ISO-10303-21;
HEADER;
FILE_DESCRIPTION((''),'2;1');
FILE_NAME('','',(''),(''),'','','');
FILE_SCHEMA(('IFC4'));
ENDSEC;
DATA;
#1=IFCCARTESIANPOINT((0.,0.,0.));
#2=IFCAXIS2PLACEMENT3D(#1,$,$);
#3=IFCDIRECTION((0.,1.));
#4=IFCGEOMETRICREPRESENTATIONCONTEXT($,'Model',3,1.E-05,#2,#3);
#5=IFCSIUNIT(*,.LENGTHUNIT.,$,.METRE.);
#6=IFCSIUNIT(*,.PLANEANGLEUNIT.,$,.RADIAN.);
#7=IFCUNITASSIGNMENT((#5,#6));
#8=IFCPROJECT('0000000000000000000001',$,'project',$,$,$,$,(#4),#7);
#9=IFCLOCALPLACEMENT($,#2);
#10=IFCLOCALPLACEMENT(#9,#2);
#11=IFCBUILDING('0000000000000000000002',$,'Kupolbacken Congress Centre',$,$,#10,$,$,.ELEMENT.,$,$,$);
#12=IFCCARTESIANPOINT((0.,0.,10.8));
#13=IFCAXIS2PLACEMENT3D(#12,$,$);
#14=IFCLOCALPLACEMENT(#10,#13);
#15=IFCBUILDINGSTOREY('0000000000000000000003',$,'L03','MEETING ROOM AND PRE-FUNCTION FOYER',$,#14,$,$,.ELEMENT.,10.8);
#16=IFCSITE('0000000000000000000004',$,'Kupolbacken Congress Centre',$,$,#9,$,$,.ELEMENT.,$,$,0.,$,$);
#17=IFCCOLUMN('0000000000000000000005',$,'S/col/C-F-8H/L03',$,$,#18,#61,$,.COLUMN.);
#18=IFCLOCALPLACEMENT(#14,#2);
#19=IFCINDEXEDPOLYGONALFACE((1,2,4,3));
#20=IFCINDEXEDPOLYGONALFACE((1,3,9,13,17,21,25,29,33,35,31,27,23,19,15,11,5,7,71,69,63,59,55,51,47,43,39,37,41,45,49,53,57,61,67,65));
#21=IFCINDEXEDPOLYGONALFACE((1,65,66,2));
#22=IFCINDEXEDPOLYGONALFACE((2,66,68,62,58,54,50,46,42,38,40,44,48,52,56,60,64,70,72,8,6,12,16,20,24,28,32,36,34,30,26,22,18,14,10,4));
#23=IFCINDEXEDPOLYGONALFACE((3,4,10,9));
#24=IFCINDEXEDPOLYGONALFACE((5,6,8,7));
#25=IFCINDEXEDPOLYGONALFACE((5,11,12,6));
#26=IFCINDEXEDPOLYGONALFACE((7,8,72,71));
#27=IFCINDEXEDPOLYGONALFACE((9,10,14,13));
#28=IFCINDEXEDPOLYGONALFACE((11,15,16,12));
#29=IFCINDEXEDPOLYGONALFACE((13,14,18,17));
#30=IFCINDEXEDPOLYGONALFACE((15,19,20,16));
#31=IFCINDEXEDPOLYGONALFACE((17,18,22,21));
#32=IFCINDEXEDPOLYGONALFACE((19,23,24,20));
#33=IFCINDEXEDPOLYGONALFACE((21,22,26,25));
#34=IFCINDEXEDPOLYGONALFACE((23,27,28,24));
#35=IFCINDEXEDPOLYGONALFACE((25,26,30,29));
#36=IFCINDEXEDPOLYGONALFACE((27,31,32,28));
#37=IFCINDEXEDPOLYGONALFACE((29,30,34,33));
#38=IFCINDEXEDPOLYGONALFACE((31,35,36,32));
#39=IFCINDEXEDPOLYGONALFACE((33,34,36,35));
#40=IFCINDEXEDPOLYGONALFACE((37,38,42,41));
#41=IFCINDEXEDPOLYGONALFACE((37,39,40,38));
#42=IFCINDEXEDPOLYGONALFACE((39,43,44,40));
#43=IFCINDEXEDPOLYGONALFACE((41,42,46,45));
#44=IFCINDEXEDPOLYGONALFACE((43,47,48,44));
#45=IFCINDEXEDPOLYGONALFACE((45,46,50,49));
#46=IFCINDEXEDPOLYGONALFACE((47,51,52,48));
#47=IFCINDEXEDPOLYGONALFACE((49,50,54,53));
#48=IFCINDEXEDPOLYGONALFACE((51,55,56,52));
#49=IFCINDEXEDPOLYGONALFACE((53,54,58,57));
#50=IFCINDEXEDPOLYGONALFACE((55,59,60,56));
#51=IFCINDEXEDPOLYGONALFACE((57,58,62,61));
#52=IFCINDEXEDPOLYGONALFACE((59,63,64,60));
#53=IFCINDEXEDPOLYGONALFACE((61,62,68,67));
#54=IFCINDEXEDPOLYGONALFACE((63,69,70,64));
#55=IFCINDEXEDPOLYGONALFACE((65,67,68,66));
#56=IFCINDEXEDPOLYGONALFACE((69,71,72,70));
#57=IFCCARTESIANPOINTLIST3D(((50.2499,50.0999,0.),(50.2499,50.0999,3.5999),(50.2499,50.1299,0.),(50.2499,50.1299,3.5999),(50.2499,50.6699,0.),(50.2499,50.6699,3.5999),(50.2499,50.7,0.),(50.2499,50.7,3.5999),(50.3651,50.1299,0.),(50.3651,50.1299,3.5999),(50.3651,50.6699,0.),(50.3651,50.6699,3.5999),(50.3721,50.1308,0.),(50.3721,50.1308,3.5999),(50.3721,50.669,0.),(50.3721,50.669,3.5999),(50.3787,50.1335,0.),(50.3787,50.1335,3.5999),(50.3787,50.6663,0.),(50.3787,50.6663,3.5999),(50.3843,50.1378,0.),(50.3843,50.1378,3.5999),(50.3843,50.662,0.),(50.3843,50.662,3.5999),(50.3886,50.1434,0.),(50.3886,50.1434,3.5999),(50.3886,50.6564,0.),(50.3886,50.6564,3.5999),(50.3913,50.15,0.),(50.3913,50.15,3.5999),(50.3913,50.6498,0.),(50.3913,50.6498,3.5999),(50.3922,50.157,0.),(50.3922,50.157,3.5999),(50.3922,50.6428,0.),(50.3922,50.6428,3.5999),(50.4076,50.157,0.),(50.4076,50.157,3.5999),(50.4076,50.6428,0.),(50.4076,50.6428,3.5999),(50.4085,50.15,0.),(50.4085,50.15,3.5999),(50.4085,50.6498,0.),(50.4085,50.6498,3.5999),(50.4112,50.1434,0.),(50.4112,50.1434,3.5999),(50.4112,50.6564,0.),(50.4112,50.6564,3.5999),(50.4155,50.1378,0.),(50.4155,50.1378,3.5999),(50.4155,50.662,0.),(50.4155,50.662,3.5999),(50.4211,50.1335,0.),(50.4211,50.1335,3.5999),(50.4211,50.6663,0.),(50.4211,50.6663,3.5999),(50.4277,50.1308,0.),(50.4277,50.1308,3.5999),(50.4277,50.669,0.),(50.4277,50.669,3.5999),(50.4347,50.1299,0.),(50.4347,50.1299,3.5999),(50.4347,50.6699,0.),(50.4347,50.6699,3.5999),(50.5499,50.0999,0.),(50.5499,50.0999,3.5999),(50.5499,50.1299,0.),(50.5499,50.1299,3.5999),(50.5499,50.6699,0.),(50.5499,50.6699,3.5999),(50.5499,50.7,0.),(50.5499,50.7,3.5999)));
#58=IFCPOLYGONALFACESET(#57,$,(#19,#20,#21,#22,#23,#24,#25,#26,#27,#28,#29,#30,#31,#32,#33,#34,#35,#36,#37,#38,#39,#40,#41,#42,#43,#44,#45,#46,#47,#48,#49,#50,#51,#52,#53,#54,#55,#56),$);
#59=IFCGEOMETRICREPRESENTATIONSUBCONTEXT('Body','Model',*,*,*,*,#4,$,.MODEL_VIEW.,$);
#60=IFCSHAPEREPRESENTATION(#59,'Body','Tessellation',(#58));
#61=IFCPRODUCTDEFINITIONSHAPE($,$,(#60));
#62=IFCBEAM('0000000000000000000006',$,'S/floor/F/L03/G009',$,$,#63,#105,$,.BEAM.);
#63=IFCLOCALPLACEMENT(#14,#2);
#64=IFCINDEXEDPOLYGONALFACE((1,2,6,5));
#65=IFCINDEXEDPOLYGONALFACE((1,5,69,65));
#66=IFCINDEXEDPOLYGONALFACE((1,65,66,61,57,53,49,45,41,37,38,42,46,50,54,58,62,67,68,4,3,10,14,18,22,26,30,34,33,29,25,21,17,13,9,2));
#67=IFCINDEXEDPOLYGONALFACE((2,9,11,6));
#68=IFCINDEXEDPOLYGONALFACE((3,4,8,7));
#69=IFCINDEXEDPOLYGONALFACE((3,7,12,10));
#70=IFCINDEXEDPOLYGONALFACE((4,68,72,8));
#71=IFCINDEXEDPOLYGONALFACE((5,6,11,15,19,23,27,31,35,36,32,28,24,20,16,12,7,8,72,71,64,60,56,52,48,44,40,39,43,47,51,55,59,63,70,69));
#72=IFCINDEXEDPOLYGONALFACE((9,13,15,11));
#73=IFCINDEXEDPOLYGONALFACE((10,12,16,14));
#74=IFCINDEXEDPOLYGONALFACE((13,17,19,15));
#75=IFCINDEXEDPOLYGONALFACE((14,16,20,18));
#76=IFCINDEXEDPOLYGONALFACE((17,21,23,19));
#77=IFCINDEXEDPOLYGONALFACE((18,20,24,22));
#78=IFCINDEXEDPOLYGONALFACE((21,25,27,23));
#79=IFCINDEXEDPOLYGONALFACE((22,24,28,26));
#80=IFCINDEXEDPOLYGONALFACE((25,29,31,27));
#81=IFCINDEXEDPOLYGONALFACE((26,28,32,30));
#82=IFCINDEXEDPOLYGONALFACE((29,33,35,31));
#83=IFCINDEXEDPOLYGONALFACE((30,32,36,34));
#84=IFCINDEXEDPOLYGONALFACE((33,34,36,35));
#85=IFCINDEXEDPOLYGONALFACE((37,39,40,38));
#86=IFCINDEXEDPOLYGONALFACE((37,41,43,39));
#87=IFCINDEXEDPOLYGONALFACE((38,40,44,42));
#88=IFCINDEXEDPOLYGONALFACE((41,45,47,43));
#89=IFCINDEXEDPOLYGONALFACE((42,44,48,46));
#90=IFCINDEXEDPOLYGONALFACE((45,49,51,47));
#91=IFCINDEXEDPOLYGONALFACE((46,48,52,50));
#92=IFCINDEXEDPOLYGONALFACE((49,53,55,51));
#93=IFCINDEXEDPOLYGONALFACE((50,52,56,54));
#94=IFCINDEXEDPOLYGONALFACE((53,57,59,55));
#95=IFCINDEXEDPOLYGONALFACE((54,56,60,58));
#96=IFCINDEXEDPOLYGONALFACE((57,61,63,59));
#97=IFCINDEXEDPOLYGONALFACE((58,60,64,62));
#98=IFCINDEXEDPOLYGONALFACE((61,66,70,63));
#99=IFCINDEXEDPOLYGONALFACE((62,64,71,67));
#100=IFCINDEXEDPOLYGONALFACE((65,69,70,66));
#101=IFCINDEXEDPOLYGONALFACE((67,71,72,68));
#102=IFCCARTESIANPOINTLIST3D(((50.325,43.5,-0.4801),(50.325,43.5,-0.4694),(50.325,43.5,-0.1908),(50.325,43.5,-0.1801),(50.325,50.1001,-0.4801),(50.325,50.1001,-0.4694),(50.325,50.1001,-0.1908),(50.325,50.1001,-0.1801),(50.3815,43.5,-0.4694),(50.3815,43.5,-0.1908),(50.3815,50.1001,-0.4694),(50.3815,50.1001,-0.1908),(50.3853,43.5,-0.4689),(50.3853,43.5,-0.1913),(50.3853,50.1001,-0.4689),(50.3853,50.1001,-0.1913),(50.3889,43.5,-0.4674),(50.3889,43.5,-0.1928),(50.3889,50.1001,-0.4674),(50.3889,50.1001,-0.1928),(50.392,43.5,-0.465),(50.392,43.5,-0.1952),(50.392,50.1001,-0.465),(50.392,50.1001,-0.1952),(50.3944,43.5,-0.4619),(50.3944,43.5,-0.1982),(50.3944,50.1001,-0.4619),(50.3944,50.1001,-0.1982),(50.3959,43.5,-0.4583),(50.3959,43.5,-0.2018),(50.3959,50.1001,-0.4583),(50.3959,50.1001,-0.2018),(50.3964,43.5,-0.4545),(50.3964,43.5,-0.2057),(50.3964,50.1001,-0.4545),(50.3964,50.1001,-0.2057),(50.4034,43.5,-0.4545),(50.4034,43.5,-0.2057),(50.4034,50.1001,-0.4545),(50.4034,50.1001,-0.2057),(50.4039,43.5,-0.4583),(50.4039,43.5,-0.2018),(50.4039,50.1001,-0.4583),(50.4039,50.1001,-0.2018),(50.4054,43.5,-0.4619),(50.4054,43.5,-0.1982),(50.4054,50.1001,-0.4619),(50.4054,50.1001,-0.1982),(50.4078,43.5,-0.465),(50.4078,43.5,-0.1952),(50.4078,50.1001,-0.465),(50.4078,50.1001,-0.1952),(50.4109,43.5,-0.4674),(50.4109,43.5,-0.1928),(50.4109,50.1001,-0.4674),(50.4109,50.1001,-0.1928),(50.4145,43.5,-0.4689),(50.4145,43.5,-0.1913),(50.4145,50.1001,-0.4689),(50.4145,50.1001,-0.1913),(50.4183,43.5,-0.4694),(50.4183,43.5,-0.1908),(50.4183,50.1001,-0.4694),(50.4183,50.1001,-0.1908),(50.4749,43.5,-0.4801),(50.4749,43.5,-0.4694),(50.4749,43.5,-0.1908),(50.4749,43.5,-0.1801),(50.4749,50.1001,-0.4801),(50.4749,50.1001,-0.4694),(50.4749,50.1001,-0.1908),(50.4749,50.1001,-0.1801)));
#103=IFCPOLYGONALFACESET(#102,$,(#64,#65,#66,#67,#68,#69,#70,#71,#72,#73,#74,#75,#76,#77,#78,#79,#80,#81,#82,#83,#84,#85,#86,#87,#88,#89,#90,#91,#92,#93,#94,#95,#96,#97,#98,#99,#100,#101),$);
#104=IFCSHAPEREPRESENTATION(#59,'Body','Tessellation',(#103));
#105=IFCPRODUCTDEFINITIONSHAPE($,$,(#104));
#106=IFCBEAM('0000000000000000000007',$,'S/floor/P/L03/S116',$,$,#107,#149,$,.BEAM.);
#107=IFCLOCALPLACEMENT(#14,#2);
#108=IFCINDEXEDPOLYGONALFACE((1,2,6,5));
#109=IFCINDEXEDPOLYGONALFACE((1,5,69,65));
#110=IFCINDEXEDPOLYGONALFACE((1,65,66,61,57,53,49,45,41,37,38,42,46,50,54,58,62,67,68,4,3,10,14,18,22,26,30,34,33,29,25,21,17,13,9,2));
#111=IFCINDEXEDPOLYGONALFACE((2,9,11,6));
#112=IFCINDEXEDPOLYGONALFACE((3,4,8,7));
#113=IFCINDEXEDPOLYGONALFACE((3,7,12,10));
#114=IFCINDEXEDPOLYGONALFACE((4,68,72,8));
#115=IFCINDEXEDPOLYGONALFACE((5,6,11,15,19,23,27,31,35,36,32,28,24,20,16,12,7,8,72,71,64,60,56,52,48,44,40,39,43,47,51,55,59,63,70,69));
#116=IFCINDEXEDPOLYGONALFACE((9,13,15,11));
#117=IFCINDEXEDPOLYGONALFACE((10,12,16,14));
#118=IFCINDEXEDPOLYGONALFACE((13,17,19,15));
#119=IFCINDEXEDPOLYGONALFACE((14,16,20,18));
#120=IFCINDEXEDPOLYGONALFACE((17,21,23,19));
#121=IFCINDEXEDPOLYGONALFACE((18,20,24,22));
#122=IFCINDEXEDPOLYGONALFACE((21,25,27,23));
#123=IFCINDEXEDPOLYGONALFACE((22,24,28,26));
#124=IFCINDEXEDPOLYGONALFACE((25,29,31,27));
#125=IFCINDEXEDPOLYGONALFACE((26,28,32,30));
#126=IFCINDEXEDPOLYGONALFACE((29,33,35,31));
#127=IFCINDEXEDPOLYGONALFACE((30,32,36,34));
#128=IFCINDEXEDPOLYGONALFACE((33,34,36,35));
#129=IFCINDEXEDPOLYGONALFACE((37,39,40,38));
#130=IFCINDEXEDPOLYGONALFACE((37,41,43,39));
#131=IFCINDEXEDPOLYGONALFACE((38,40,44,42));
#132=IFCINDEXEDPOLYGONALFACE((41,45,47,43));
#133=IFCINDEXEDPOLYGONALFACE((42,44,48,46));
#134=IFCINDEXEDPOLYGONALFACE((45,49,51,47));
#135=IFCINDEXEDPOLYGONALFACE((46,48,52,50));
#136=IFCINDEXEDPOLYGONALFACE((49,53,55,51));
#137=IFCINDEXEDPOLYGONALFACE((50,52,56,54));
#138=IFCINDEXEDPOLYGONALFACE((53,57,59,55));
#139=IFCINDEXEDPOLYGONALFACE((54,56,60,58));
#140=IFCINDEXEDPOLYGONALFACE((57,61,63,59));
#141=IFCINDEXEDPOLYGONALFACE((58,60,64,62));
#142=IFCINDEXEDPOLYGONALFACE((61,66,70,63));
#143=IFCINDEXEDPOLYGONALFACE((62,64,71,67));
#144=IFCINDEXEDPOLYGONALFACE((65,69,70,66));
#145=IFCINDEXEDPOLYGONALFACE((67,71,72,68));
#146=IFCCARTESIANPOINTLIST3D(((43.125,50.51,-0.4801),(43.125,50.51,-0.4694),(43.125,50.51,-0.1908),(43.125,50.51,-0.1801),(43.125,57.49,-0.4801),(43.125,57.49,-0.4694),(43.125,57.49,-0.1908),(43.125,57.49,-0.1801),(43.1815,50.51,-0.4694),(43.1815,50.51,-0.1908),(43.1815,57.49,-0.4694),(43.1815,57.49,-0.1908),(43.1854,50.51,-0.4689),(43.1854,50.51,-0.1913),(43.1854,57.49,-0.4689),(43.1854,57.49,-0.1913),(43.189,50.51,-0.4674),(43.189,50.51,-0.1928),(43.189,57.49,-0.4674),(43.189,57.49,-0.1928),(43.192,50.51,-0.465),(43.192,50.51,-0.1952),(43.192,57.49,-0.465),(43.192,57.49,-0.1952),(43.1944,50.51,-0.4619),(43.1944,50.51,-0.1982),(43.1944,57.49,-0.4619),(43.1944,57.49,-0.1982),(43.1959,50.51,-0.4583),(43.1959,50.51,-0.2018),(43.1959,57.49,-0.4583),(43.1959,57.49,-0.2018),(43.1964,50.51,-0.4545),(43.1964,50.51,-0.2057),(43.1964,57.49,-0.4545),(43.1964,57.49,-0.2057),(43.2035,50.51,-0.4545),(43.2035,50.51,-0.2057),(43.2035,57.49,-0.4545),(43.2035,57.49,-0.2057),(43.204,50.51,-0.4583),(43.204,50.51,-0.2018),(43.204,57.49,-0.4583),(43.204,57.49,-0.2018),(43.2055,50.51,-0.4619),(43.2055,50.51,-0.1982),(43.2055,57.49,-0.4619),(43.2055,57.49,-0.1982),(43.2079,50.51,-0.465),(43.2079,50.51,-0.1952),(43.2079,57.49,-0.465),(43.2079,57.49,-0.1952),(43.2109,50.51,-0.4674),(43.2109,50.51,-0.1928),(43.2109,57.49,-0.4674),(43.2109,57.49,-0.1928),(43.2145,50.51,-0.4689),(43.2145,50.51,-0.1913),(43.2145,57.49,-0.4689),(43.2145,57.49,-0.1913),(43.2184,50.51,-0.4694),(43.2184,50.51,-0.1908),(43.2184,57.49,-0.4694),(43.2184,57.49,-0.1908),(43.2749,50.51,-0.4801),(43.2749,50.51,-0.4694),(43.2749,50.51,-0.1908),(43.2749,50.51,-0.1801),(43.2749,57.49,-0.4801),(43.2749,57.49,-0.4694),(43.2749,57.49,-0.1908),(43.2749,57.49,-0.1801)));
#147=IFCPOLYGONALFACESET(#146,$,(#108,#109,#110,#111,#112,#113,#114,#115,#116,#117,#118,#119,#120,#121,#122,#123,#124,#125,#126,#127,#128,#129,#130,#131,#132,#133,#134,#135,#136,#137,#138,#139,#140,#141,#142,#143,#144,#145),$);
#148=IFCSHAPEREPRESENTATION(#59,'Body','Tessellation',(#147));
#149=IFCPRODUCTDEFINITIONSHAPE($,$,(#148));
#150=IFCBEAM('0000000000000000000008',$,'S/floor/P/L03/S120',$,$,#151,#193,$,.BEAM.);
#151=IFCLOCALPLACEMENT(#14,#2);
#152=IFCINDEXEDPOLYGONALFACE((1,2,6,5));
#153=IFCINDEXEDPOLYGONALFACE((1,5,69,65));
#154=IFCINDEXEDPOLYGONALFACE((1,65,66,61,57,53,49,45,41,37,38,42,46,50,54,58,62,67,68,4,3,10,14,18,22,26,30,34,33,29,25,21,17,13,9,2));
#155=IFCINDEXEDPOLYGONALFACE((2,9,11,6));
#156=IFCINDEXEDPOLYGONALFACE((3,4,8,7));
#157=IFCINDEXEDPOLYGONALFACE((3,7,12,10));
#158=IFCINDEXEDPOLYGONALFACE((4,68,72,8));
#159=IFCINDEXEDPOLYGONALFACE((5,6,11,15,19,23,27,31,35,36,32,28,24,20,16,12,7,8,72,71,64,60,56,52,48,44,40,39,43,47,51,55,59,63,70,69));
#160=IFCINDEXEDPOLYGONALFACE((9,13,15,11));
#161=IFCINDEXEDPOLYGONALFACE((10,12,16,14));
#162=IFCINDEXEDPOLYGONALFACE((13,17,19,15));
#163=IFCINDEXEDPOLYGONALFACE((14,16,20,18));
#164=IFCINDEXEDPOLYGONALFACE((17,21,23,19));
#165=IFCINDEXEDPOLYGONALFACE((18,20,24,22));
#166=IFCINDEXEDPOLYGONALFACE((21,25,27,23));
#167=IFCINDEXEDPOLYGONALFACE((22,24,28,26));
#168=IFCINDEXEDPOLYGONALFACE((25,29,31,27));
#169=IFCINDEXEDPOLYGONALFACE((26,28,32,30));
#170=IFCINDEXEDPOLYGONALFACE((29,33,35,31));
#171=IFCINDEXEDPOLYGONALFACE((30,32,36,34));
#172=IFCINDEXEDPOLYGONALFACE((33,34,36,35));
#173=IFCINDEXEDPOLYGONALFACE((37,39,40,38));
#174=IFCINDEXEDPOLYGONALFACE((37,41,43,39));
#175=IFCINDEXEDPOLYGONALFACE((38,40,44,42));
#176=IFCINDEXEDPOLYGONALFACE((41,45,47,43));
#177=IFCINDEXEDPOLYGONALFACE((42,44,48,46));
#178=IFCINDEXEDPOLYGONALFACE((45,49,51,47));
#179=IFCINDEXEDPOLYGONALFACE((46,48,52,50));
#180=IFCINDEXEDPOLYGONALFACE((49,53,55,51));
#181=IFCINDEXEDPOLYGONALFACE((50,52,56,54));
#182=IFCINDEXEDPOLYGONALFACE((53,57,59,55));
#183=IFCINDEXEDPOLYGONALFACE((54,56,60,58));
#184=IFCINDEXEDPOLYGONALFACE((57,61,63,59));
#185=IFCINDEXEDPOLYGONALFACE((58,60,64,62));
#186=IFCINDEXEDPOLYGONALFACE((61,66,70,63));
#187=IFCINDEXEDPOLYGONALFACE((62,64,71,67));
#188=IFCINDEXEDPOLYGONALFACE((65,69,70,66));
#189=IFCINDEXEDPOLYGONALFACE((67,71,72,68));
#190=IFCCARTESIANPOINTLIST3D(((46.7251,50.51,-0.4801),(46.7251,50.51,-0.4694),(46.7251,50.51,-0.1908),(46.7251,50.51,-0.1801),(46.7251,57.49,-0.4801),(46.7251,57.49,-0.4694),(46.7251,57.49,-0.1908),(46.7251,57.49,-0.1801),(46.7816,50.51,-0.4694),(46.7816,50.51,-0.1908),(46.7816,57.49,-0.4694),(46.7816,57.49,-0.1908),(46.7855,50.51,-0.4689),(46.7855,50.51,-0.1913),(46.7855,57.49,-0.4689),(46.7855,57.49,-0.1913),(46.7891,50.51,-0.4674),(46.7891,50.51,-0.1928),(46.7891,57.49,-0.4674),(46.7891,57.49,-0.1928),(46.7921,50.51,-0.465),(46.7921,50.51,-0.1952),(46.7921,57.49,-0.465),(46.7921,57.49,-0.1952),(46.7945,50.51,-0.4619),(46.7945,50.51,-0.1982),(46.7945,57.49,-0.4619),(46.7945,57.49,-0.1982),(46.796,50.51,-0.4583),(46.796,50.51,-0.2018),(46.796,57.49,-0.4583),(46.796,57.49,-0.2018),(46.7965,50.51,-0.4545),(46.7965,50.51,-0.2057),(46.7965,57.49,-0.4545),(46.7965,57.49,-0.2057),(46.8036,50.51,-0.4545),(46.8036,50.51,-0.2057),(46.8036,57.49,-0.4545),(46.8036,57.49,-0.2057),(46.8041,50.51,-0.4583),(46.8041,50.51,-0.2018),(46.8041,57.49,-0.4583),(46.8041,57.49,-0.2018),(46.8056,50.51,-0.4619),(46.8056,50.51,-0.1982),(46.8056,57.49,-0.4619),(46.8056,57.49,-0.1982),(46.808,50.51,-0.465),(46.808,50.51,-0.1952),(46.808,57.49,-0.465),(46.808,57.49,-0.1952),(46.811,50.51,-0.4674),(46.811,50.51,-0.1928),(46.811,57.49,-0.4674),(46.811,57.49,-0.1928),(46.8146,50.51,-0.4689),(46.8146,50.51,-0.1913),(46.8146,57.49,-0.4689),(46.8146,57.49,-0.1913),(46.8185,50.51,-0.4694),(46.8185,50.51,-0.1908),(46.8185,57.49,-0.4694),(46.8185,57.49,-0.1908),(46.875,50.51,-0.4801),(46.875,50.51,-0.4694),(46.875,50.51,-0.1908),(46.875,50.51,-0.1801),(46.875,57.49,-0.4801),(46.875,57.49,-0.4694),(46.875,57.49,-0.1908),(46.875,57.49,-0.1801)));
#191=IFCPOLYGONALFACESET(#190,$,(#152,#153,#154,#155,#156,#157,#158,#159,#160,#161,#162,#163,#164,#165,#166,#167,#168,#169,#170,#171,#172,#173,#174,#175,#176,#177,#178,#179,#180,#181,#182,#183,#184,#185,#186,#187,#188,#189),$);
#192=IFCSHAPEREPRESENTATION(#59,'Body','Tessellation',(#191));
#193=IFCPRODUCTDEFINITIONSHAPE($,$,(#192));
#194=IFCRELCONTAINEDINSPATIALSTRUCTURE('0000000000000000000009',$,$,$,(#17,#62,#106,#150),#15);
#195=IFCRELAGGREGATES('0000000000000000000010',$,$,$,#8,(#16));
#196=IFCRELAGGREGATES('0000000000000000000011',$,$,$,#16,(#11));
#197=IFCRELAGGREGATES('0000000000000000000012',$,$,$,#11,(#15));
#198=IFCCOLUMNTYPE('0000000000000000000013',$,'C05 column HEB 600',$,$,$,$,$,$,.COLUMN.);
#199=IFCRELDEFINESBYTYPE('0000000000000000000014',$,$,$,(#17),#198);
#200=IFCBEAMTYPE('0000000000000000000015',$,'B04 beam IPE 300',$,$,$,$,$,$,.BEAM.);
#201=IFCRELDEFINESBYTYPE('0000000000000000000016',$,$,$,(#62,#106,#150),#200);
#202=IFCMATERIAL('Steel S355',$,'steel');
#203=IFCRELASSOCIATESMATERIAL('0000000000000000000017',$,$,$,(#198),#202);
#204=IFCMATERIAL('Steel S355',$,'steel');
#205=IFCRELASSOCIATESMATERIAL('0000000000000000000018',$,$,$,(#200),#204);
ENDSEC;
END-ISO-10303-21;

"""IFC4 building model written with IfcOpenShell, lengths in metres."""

from ifc_helpers import new_model, si_unit, direction, frame, origin, origin_2d, place, context, subcontext, project, spatial, i_section, extrude, material, material_profile, profile_set, type_object, element, save


model = new_model("IFC4")

# Units and contexts
model_context = context("Model", 3, precision=1e-05, world=origin(), true_north=direction((0.0, 1.0)))
body_context = subcontext(model_context, "Body", "Model", "MODEL_VIEW")
ifc_project = project(units=[si_unit("LENGTHUNIT", "METRE"), si_unit("PLANEANGLEUNIT", "RADIAN")], contexts=[model_context])

# Site, building, storey
site_placement = place(None, origin())
site = spatial("IfcSite", under=ifc_project, at=site_placement, Name="Kupolbacken Congress Centre", CompositionType="ELEMENT", RefElevation=0.0)
building_placement = place(site_placement, origin())
building = spatial("IfcBuilding", under=site, at=building_placement, Name="Kupolbacken Congress Centre", CompositionType="ELEMENT")
storey_placement = place(building_placement, frame((0.0, 0.0, 10.8)))
storey = spatial("IfcBuildingStorey", under=building, at=storey_placement, Name="L03", Description="MEETING ROOM AND PRE-FUNCTION FOYER", CompositionType="ELEMENT", Elevation=10.8)

# Column
ifc_material_1 = material(Name="Steel S355", Category="steel")
ifc_material_profile_1 = material_profile(ifc_material_1, i_section(OverallWidth=0.3, OverallDepth=0.6001, WebThickness=0.0154, FlangeThickness=0.03, FilletRadius=0.0271, at=origin_2d()), Name="HEB 600")
ifc_profile_set_1 = profile_set([ifc_material_profile_1], Name="Steel S355")
column_type = type_object("IfcColumnType", Name="C05 column HEB 600", PredefinedType="COLUMN", material=ifc_profile_set_1)
column_placement = place(storey_placement, frame((50.3999, 50.3999, 0.0), z_axis=(0.0, 0.0, 1.0), x_axis=(1.0, 0.0, 0.0)))
element("IfcColumn", 1, at=column_placement, inside=storey, type_object=column_type, Name="S/col/C-F-8H/L03", PredefinedType="COLUMN", context=body_context, shape_type="SweptSolid", body=[
    extrude(i_section(OverallWidth=0.3, OverallDepth=0.6001, WebThickness=0.0154, FlangeThickness=0.03, FilletRadius=0.0271, at=origin_2d()), origin(), (0.0, 0.0, 1.0), 3.5999),
])

# Beams
ifc_material_2 = material(Name="Steel S355", Category="steel")
ifc_material_profile_2 = material_profile(ifc_material_2, i_section(OverallWidth=0.1499, OverallDepth=0.3, WebThickness=0.0071, FlangeThickness=0.0107, FilletRadius=0.0149, at=origin_2d()), Name="IPE 300")
ifc_profile_set_2 = profile_set([ifc_material_profile_2], Name="Steel S355")
beam_type_1 = type_object("IfcBeamType", Name="B04 beam IPE 300", PredefinedType="BEAM", material=ifc_profile_set_2)
beam_1_placement = place(storey_placement, frame((50.3999, 43.5, -0.3301), z_axis=(0.0, 1.0, 0.0), x_axis=(-1.0, 0.0, 0.0)))
element("IfcBeam", 2, at=beam_1_placement, inside=storey, type_object=beam_type_1, Name="S/floor/F/L03/G009", PredefinedType="BEAM", context=body_context, shape_type="SweptSolid", body=[
    extrude(i_section(OverallWidth=0.1499, OverallDepth=0.3, WebThickness=0.0071, FlangeThickness=0.0107, FilletRadius=0.0149, at=origin_2d()), origin(), (0.0, 0.0, 1.0), 6.6001),
])
for number, where, z_axis, x_axis, name in (
    (3, (43.2, 50.51, -0.3301), (0.0, 1.0, 0.0), (-1.0, 0.0, 0.0), "S/floor/P/L03/S116"),
    (4, (46.8, 50.51, -0.3301), (0.0, 1.0, 0.0), (-1.0, 0.0, 0.0), "S/floor/P/L03/S120"),
):
    element("IfcBeam", number, at=place(storey_placement, frame(where, z_axis=z_axis, x_axis=x_axis)), inside=storey, type_object=beam_type_1, Name=name, PredefinedType="BEAM", context=body_context, shape_type="SweptSolid", body=[
        extrude(i_section(OverallWidth=0.1499, OverallDepth=0.3, WebThickness=0.0071, FlangeThickness=0.0107, FilletRadius=0.0149, at=origin_2d()), origin(), (0.0, 0.0, 1.0), 6.98),
    ])

save(model, "model.ifc")
